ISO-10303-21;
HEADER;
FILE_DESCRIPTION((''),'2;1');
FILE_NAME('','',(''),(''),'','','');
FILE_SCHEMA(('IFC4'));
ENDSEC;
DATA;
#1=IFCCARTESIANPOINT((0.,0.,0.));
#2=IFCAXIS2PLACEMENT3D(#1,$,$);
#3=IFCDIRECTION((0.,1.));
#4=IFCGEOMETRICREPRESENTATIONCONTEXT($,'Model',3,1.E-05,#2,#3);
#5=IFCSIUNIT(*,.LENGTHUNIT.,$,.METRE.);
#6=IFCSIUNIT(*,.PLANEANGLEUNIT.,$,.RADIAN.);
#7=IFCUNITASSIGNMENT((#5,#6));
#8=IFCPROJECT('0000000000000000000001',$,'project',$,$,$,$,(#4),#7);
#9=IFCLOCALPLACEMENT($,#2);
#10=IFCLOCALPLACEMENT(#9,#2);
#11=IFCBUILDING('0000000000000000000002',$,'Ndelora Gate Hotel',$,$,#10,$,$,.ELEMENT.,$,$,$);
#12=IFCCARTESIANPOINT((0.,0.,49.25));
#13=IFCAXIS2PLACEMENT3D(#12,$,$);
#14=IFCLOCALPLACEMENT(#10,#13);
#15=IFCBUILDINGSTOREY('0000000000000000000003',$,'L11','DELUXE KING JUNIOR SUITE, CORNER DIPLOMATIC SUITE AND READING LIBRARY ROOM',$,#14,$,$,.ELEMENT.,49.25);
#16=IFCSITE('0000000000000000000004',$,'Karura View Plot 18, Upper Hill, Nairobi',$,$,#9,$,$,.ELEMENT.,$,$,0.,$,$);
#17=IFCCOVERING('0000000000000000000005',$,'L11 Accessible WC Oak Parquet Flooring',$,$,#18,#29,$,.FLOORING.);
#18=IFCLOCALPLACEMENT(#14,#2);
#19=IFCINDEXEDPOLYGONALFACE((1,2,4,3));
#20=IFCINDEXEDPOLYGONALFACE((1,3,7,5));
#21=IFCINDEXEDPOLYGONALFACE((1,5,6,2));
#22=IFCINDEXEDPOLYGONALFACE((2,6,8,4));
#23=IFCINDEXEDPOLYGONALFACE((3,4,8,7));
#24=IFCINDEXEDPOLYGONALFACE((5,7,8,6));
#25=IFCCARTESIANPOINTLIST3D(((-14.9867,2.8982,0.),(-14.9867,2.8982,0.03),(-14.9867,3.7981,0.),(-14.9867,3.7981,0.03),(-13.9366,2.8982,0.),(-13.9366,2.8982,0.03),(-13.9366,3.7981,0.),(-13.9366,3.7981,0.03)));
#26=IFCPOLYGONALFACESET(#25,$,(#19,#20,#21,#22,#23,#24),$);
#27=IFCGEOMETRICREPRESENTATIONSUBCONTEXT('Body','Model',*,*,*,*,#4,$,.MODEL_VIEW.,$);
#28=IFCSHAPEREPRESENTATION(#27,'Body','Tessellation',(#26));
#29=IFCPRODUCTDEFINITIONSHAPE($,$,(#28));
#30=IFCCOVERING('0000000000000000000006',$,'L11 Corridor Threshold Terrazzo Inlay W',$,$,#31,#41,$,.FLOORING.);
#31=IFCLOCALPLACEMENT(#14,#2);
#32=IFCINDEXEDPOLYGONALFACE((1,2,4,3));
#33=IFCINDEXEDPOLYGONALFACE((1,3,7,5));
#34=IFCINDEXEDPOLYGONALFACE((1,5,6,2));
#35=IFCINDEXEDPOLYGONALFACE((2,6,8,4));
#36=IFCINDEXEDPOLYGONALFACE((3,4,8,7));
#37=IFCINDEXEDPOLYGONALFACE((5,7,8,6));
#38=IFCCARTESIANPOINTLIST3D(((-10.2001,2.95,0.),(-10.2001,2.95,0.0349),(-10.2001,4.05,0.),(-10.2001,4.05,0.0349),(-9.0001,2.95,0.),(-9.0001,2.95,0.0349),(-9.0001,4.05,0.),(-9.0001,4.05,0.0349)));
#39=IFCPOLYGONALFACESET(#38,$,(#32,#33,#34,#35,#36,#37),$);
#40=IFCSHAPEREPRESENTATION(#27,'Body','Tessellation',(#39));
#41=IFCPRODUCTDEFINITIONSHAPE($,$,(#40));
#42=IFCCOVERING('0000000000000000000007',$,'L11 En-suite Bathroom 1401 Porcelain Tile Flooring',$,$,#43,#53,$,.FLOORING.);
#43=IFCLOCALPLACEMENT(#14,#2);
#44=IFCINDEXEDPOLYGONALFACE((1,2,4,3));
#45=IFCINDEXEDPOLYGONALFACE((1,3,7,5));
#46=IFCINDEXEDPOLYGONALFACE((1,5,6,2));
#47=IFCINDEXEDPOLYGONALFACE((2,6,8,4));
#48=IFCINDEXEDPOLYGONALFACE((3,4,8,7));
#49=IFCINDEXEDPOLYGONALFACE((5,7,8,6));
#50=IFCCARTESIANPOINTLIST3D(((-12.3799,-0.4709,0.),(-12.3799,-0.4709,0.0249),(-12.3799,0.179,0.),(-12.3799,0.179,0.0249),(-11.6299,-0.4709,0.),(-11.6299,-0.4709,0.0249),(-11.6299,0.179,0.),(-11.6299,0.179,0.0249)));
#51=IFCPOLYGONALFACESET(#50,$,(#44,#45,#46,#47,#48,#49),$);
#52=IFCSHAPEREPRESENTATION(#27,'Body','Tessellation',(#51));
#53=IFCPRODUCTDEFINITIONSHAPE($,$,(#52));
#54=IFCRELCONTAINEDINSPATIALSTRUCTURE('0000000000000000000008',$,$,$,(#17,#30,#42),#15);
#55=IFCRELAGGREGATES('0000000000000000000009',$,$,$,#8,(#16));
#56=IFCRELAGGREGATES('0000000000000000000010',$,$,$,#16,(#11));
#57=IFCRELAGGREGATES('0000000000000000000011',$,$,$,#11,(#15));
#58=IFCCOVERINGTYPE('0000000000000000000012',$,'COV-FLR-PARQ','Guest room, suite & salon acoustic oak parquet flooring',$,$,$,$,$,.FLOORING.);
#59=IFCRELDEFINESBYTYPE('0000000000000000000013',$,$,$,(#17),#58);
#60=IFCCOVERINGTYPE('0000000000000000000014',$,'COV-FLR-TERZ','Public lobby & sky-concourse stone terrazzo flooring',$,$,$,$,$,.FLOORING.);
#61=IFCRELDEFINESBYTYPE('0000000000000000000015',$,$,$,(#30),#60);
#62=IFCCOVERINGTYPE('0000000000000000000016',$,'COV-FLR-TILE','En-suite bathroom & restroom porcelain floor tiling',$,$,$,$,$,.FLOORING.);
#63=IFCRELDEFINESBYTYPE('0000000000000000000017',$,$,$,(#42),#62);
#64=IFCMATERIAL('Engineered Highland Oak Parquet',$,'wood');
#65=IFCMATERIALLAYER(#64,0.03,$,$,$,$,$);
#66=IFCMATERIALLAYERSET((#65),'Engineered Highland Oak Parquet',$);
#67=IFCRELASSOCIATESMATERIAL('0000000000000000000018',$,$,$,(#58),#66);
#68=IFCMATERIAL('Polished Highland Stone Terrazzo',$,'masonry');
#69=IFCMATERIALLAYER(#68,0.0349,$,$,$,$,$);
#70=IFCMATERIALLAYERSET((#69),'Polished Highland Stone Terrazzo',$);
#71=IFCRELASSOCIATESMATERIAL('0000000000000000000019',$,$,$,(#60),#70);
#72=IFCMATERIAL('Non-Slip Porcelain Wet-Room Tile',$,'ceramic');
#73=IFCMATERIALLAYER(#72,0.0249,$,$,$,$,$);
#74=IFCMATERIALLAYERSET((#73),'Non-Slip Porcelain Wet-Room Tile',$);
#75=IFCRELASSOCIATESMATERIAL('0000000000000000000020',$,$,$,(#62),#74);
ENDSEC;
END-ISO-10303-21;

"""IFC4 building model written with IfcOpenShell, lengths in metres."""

from ifc_helpers import new_model, si_unit, direction, frame, origin, origin_2d, place, context, subcontext, project, spatial, rectangle, extrude, material, layer, layer_set, type_object, element, save


model = new_model("IFC4")

# Units and contexts
model_context = context("Model", 3, precision=1e-05, world=origin(), true_north=direction((0.0, 1.0)))
body_context = subcontext(model_context, "Body", "Model", "MODEL_VIEW")
ifc_project = project(units=[si_unit("LENGTHUNIT", "METRE"), si_unit("PLANEANGLEUNIT", "RADIAN")], contexts=[model_context])

# Site, building, storey
site_placement = place(None, origin())
site = spatial("IfcSite", under=ifc_project, at=site_placement, Name="Karura View Plot 18, Upper Hill, Nairobi", CompositionType="ELEMENT", RefElevation=0.0)
building_placement = place(site_placement, origin())
building = spatial("IfcBuilding", under=site, at=building_placement, Name="Ndelora Gate Hotel", CompositionType="ELEMENT")
storey_placement = place(building_placement, frame((0.0, 0.0, 49.25)))
storey = spatial("IfcBuildingStorey", under=building, at=storey_placement, Name="L11", Description="DELUXE KING JUNIOR SUITE, CORNER DIPLOMATIC SUITE AND READING LIBRARY ROOM", CompositionType="ELEMENT", Elevation=49.25)

# Coverings
ifc_material_1 = material(Name="Engineered Highland Oak Parquet", Category="wood")
ifc_layer_1 = layer(ifc_material_1, 0.03)
ifc_layer_set_1 = layer_set([ifc_layer_1], Name="Engineered Highland Oak Parquet")
covering_type_1 = type_object("IfcCoveringType", Name="COV-FLR-PARQ", Description="Guest room, suite & salon acoustic oak parquet flooring", PredefinedType="FLOORING", material=ifc_layer_set_1)
covering_1_placement = place(storey_placement, frame((-14.4617, 3.3481, 0.0), z_axis=(0.0, 0.0, 1.0), x_axis=(1.0, 0.0, 0.0)))
element("IfcCovering", 1, at=covering_1_placement, inside=storey, type_object=covering_type_1, Name="L11 Accessible WC Oak Parquet Flooring", PredefinedType="FLOORING", context=body_context, shape_type="SweptSolid", body=[
    extrude(rectangle(XDim=1.05, YDim=0.8999, at=origin_2d()), origin(), (0.0, 0.0, 1.0), 0.03),
])
ifc_material_2 = material(Name="Polished Highland Stone Terrazzo", Category="masonry")
ifc_layer_2 = layer(ifc_material_2, 0.0349)
ifc_layer_set_2 = layer_set([ifc_layer_2], Name="Polished Highland Stone Terrazzo")
covering_type_2 = type_object("IfcCoveringType", Name="COV-FLR-TERZ", Description="Public lobby & sky-concourse stone terrazzo flooring", PredefinedType="FLOORING", material=ifc_layer_set_2)
covering_2_placement = place(storey_placement, frame((-9.6001, 3.5, 0.0), z_axis=(0.0, 0.0, 1.0), x_axis=(1.0, 0.0, 0.0)))
element("IfcCovering", 2, at=covering_2_placement, inside=storey, type_object=covering_type_2, Name="L11 Corridor Threshold Terrazzo Inlay W", PredefinedType="FLOORING", context=body_context, shape_type="SweptSolid", body=[
    extrude(rectangle(XDim=1.2, YDim=1.1001, at=origin_2d()), origin(), (0.0, 0.0, 1.0), 0.0349),
])
ifc_material_3 = material(Name="Non-Slip Porcelain Wet-Room Tile", Category="ceramic")
ifc_layer_3 = layer(ifc_material_3, 0.0249)
ifc_layer_set_3 = layer_set([ifc_layer_3], Name="Non-Slip Porcelain Wet-Room Tile")
covering_type_3 = type_object("IfcCoveringType", Name="COV-FLR-TILE", Description="En-suite bathroom & restroom porcelain floor tiling", PredefinedType="FLOORING", material=ifc_layer_set_3)
covering_3_placement = place(storey_placement, frame((-12.0049, -0.146, 0.0), z_axis=(0.0, 0.0, 1.0), x_axis=(1.0, 0.0, 0.0)))
element("IfcCovering", 3, at=covering_3_placement, inside=storey, type_object=covering_type_3, Name="L11 En-suite Bathroom 1401 Porcelain Tile Flooring", PredefinedType="FLOORING", context=body_context, shape_type="SweptSolid", body=[
    extrude(rectangle(XDim=0.75, YDim=0.6499, at=origin_2d()), origin(), (0.0, 0.0, 1.0), 0.0249),
])

save(model, "model.ifc")
